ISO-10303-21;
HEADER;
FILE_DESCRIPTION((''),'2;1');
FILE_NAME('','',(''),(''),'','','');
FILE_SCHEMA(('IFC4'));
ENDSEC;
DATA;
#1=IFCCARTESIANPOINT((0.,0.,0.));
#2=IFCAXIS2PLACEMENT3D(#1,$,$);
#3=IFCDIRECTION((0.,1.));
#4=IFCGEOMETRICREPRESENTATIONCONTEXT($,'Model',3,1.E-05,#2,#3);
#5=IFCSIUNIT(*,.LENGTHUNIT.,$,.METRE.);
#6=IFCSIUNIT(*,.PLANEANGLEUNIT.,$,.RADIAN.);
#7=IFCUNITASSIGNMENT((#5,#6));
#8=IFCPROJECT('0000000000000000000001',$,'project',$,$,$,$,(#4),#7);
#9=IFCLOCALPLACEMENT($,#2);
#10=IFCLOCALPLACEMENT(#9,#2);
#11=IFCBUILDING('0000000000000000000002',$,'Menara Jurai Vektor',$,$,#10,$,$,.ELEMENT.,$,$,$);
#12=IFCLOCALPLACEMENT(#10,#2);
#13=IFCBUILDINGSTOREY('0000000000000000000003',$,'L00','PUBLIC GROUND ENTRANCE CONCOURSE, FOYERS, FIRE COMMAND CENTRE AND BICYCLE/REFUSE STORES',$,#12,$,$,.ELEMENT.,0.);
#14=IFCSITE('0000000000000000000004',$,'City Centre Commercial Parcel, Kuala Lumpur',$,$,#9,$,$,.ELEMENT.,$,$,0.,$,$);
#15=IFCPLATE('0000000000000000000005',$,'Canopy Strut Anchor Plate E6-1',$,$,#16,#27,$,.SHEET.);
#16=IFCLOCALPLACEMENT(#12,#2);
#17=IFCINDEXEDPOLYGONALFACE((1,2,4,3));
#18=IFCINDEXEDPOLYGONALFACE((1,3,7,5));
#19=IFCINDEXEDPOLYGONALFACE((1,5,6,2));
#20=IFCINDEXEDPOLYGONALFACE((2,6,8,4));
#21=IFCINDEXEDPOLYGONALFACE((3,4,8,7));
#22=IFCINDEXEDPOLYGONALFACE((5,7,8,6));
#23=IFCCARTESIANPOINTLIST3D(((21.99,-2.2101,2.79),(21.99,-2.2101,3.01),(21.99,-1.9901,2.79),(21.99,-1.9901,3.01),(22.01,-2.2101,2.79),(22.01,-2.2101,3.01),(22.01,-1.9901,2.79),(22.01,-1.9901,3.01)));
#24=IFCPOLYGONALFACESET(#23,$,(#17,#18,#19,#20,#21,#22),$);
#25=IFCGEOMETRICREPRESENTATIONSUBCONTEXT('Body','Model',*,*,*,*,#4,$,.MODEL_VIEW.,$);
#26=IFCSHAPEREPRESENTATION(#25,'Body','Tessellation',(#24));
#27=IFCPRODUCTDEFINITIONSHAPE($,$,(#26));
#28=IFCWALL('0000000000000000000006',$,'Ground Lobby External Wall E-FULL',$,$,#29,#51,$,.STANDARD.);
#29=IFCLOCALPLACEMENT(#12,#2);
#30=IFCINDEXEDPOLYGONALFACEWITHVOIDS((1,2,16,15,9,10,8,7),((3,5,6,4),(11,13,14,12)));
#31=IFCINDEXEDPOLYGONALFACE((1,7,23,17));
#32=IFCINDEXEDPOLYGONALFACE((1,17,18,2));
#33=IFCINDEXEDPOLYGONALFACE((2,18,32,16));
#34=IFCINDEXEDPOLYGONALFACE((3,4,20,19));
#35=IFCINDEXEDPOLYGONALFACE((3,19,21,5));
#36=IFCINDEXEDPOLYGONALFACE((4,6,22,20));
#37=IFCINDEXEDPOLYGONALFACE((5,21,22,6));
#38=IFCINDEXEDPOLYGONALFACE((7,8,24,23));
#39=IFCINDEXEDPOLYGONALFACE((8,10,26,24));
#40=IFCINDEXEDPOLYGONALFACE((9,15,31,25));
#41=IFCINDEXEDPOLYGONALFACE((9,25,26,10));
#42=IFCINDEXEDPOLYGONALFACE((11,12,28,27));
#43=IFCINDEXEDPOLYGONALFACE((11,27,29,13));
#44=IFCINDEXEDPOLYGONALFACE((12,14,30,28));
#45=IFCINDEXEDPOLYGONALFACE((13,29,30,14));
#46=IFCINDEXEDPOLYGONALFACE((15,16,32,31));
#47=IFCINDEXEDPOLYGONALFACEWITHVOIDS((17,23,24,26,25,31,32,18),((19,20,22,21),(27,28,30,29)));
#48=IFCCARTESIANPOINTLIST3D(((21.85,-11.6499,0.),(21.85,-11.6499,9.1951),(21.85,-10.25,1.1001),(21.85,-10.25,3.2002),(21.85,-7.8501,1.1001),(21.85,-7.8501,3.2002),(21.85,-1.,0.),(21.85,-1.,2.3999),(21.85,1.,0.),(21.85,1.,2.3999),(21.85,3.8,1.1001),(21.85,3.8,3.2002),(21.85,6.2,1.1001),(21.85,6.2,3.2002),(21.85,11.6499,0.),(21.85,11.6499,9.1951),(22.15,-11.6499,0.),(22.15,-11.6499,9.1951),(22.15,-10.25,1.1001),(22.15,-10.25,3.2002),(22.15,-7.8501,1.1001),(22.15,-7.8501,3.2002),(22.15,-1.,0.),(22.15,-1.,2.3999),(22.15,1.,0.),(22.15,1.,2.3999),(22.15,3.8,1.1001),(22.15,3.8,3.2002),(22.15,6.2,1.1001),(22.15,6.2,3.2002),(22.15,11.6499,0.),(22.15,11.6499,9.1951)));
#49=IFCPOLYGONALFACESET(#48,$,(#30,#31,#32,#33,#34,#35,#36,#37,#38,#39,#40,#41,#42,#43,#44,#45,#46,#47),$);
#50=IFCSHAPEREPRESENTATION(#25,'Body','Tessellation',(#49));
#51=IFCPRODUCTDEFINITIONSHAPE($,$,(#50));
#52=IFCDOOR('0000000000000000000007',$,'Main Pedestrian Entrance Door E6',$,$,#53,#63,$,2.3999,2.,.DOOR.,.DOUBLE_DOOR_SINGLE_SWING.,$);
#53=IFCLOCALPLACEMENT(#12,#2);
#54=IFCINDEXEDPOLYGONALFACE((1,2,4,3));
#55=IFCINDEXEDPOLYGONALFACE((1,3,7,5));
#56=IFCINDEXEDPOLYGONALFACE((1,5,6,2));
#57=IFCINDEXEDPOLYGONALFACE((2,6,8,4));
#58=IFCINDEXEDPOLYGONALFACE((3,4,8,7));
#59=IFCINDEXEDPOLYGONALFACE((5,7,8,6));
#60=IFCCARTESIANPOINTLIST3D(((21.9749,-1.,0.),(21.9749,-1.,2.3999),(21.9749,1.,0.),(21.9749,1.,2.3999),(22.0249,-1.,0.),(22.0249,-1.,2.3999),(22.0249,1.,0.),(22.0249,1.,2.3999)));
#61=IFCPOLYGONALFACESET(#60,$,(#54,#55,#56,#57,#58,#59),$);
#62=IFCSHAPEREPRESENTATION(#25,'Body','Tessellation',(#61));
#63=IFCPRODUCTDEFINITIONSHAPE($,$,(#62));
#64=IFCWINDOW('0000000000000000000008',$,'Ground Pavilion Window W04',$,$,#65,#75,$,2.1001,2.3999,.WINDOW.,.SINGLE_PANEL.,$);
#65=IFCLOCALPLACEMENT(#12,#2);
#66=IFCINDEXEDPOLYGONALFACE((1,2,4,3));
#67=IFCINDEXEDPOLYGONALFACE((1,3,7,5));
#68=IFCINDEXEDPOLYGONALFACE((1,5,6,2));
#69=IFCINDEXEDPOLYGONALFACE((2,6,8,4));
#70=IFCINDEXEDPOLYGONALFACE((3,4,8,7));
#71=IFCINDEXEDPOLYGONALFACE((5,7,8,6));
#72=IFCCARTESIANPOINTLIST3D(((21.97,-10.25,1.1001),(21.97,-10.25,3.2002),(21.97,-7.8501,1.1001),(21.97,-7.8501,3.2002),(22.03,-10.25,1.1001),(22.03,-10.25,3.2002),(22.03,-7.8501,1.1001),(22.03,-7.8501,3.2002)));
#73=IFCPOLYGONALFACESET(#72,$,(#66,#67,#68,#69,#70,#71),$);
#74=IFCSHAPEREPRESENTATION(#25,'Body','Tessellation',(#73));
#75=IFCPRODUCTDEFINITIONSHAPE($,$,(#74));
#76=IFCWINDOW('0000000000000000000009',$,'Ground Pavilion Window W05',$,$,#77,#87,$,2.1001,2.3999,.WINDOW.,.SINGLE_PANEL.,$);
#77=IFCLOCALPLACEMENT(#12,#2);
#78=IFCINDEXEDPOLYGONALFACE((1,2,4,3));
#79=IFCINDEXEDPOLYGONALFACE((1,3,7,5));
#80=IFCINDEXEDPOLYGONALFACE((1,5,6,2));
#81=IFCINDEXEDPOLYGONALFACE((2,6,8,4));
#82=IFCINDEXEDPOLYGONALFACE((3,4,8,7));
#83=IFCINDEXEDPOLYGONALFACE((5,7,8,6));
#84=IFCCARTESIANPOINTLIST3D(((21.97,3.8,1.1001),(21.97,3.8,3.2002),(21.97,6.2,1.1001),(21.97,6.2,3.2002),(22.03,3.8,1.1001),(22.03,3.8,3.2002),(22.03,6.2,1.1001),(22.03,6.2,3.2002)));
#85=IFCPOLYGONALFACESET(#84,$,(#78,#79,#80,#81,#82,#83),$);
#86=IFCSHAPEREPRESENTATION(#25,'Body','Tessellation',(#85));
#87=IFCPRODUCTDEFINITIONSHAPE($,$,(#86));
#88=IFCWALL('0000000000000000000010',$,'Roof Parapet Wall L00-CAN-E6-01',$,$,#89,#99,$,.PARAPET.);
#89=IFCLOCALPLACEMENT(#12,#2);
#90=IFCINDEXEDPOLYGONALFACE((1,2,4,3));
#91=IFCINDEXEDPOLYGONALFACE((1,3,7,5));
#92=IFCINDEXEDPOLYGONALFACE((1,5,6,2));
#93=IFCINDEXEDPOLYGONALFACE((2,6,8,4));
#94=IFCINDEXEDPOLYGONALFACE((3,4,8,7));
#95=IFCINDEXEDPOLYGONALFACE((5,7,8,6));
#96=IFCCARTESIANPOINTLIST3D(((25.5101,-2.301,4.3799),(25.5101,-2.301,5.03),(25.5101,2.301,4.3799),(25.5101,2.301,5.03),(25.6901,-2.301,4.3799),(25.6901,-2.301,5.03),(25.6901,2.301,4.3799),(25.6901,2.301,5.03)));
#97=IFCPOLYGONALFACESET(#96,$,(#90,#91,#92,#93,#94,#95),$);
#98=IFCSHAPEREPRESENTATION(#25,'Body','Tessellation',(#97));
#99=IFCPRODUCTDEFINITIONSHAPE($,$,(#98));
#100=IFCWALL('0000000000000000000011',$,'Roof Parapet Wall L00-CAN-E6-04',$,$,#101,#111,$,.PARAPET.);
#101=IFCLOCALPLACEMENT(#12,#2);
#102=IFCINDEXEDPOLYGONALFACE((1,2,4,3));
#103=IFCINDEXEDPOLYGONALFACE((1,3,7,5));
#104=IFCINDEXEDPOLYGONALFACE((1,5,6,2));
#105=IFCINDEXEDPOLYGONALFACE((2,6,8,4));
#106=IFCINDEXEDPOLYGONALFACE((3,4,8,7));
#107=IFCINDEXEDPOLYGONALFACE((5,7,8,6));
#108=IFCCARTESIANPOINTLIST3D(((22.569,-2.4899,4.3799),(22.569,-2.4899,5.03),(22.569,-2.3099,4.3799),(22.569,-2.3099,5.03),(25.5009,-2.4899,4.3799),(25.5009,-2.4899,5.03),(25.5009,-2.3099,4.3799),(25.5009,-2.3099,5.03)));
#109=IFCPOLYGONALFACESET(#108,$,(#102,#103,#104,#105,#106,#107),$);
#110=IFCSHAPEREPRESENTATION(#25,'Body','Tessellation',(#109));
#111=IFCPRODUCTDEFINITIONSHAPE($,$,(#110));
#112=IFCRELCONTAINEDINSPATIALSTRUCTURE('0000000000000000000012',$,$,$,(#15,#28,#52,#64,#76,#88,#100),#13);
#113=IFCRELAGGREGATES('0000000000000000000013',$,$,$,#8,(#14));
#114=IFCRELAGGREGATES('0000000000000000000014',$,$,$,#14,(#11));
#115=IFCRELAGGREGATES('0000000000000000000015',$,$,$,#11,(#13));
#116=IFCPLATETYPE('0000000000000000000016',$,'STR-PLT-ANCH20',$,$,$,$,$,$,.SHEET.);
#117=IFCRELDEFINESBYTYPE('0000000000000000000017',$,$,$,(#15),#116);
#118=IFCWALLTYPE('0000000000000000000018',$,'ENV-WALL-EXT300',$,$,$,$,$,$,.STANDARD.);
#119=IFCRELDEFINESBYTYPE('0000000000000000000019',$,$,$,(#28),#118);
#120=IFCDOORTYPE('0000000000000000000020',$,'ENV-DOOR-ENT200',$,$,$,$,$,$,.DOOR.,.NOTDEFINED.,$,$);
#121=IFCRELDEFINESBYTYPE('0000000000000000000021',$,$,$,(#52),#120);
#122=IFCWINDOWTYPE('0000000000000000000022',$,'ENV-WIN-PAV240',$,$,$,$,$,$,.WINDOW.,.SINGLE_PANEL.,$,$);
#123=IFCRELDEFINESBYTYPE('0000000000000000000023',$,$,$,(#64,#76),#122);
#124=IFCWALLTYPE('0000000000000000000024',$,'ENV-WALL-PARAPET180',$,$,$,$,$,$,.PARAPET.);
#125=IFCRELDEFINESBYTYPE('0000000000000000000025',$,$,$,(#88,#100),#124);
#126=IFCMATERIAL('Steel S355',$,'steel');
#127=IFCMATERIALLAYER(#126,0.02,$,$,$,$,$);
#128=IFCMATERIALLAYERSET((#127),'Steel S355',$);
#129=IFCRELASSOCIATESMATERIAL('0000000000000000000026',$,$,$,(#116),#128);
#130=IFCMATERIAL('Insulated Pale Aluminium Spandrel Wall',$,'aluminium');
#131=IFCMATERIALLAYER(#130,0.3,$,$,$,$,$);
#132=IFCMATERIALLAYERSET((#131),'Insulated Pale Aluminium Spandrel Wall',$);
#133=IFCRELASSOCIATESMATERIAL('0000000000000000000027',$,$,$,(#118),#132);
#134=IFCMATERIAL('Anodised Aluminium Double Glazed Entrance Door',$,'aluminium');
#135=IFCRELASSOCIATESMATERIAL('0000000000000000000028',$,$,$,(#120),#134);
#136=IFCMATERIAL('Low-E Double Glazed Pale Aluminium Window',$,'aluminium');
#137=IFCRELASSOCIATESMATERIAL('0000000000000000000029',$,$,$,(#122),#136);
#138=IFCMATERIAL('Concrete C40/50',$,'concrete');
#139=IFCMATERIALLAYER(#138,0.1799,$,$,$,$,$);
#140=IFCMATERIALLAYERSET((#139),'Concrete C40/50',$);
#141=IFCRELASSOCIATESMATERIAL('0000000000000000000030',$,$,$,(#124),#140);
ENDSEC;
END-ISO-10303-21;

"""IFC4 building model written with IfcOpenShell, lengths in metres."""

from ifc_helpers import new_model, si_unit, direction, frame, frame_2d, origin, origin_2d, place, context, subcontext, project, spatial, rectangle, extrude, material, layer, layer_set, type_object, element, fill, save


model = new_model("IFC4")

# Units and contexts
model_context = context("Model", 3, precision=1e-05, world=origin(), true_north=direction((0.0, 1.0)))
body_context = subcontext(model_context, "Body", "Model", "MODEL_VIEW")
ifc_project = project(units=[si_unit("LENGTHUNIT", "METRE"), si_unit("PLANEANGLEUNIT", "RADIAN")], contexts=[model_context])

# Site, building, storey
site_placement = place(None, origin())
site = spatial("IfcSite", under=ifc_project, at=site_placement, Name="City Centre Commercial Parcel, Kuala Lumpur", CompositionType="ELEMENT", RefElevation=0.0)
building_placement = place(site_placement, origin())
building = spatial("IfcBuilding", under=site, at=building_placement, Name="Menara Jurai Vektor", CompositionType="ELEMENT")
storey_placement = place(building_placement, origin())
storey = spatial("IfcBuildingStorey", under=building, at=storey_placement, Name="L00", Description="PUBLIC GROUND ENTRANCE CONCOURSE, FOYERS, FIRE COMMAND CENTRE AND BICYCLE/REFUSE STORES", CompositionType="ELEMENT", Elevation=0.0)

# Shared definitions
ifc_material_1 = material(Name="Concrete C40/50", Category="concrete")

# Shared definitions
ifc_material_2 = material(Name="Steel S355", Category="steel")

# Plate
ifc_layer_1 = layer(ifc_material_2, 0.02)
ifc_layer_set_1 = layer_set([ifc_layer_1], Name="Steel S355")
plate_type = type_object("IfcPlateType", Name="STR-PLT-ANCH20", PredefinedType="SHEET", material=ifc_layer_set_1)
plate_placement = place(storey_placement, frame((22.0, -2.1001, 2.79), z_axis=(0.0, 0.0, 1.0), x_axis=(0.0, 1.0, 0.0)))
element("IfcPlate", 1, at=plate_placement, inside=storey, type_object=plate_type, Name="Canopy Strut Anchor Plate E6-1", PredefinedType="SHEET", context=body_context, shape_type="SweptSolid", body=[
    extrude(rectangle(XDim=0.22, YDim=0.02, at=origin_2d()), origin(), (0.0, 0.0, 1.0), 0.22),
])

# Wall, openings, door, windows
ifc_material_3 = material(Name="Insulated Pale Aluminium Spandrel Wall", Category="aluminium")
ifc_layer_2 = layer(ifc_material_3, 0.3)
ifc_layer_set_2 = layer_set([ifc_layer_2], Name="Insulated Pale Aluminium Spandrel Wall")
wall_type_1 = type_object("IfcWallType", Name="ENV-WALL-EXT300", PredefinedType="STANDARD", material=ifc_layer_set_2)
wall_1_placement = place(storey_placement, frame((22.0, -11.6499, 0.0), z_axis=(0.0, 0.0, 1.0), x_axis=(0.0, 1.0, 0.0)))
wall_1 = element("IfcWall", 2, at=wall_1_placement, inside=storey, type_object=wall_type_1, Name="Ground Lobby External Wall E-FULL", PredefinedType="STANDARD", context=body_context, shape_type="SweptSolid", body=[
    extrude(rectangle(XDim=23.2998, YDim=0.3, at=frame_2d((11.6499, 0.0))), origin(), (0.0, 0.0, 1.0), 9.1951),
])
opening_1_placement = place(wall_1_placement, frame((10.6499, 0.0, 0.0)))
opening_1 = element("IfcOpeningElement", 3, at=opening_1_placement, cuts=wall_1, PredefinedType="OPENING", context=body_context, shape_type="SweptSolid", body=[
    extrude(rectangle(XDim=2.0, YDim=2.3999, at=frame_2d((1.0, 1.2))), frame((0.0, 0.1602, 0.0), z_axis=(0.0, -1.0, 0.0), x_axis=(1.0, 0.0, 0.0)), (0.0, 0.0, 1.0), 0.3201),
])
opening_2_placement = place(wall_1_placement, frame((1.3999, 0.0, 1.1001)))
opening_2 = element("IfcOpeningElement", 4, at=opening_2_placement, cuts=wall_1, PredefinedType="OPENING", context=body_context, shape_type="SweptSolid", body=[
    extrude(rectangle(XDim=2.3999, YDim=2.1001, at=frame_2d((1.2, 1.05))), frame((0.0, 0.1602, 0.0), z_axis=(0.0, -1.0, 0.0), x_axis=(1.0, 0.0, 0.0)), (0.0, 0.0, 1.0), 0.3201),
])
opening_3_placement = place(wall_1_placement, frame((15.45, 0.0, 1.1001)))
opening_3 = element("IfcOpeningElement", 5, at=opening_3_placement, cuts=wall_1, PredefinedType="OPENING", context=body_context, shape_type="SweptSolid", body=[
    extrude(rectangle(XDim=2.3999, YDim=2.1001, at=frame_2d((1.2, 1.05))), frame((0.0, 0.1602, 0.0), z_axis=(0.0, -1.0, 0.0), x_axis=(1.0, 0.0, 0.0)), (0.0, 0.0, 1.0), 0.3201),
])
ifc_material_4 = material(Name="Anodised Aluminium Double Glazed Entrance Door", Category="aluminium")
door_type = type_object("IfcDoorType", Name="ENV-DOOR-ENT200", OperationType="NOTDEFINED", PredefinedType="DOOR", material=ifc_material_4)
door_placement = place(opening_1_placement, frame((2.0, 0.0, 0.0), z_axis=(0.0, 0.0, 1.0), x_axis=(-1.0, 0.0, 0.0)))
door = element("IfcDoor", 6, at=door_placement, inside=storey, type_object=door_type, Name="Main Pedestrian Entrance Door E6", OperationType="DOUBLE_DOOR_SINGLE_SWING", OverallHeight=2.3999, OverallWidth=2.0, PredefinedType="DOOR", context=body_context, shape_type="SweptSolid", body=[
    extrude(rectangle(XDim=2.0, YDim=2.3999, at=frame_2d((1.0, 1.2))), frame((0.0, 0.0249, 0.0), z_axis=(0.0, -1.0, 0.0), x_axis=(1.0, 0.0, 0.0)), (0.0, 0.0, 1.0), 0.05),
])
fill(opening_1, door)
ifc_material_5 = material(Name="Low-E Double Glazed Pale Aluminium Window", Category="aluminium")
window_type = type_object("IfcWindowType", Name="ENV-WIN-PAV240", PartitioningType="SINGLE_PANEL", PredefinedType="WINDOW", material=ifc_material_5)
window_1_placement = place(opening_2_placement, origin())
window_1 = element("IfcWindow", 7, at=window_1_placement, inside=storey, type_object=window_type, Name="Ground Pavilion Window W04", OverallHeight=2.1001, OverallWidth=2.3999, PartitioningType="SINGLE_PANEL", PredefinedType="WINDOW", context=body_context, shape_type="SweptSolid", body=[
    extrude(rectangle(XDim=2.3999, YDim=2.1001, at=frame_2d((1.2, 1.05))), frame((0.0, 0.03, 0.0), z_axis=(0.0, -1.0, 0.0), x_axis=(1.0, 0.0, 0.0)), (0.0, 0.0, 1.0), 0.0601),
])
fill(opening_2, window_1)
window_2_placement = place(opening_3_placement, origin())
window_2 = element("IfcWindow", 8, at=window_2_placement, inside=storey, type_object=window_type, Name="Ground Pavilion Window W05", OverallHeight=2.1001, OverallWidth=2.3999, PartitioningType="SINGLE_PANEL", PredefinedType="WINDOW", context=body_context, shape_type="SweptSolid", body=[
    extrude(rectangle(XDim=2.3999, YDim=2.1001, at=frame_2d((1.2, 1.05))), frame((0.0, 0.03, 0.0), z_axis=(0.0, -1.0, 0.0), x_axis=(1.0, 0.0, 0.0)), (0.0, 0.0, 1.0), 0.0601),
])
fill(opening_3, window_2)

# Walls
ifc_layer_3 = layer(ifc_material_1, 0.1799)
ifc_layer_set_3 = layer_set([ifc_layer_3], Name="Concrete C40/50")
wall_type_2 = type_object("IfcWallType", Name="ENV-WALL-PARAPET180", PredefinedType="PARAPET", material=ifc_layer_set_3)
wall_2_placement = place(storey_placement, frame((25.6001, -2.301, 4.3799), z_axis=(0.0, 0.0, 1.0), x_axis=(0.0, 1.0, 0.0)))
element("IfcWall", 9, at=wall_2_placement, inside=storey, type_object=wall_type_2, Name="Roof Parapet Wall L00-CAN-E6-01", PredefinedType="PARAPET", context=body_context, shape_type="SweptSolid", body=[
    extrude(rectangle(XDim=4.6021, YDim=0.1799, at=frame_2d((2.301, 0.0))), origin(), (0.0, 0.0, 1.0), 0.6501),
])
wall_3_placement = place(storey_placement, frame((22.5691, -2.3999, 4.3799), z_axis=(0.0, 0.0, 1.0), x_axis=(1.0, 0.0, 0.0)))
element("IfcWall", 10, at=wall_3_placement, inside=storey, type_object=wall_type_2, Name="Roof Parapet Wall L00-CAN-E6-04", PredefinedType="PARAPET", context=body_context, shape_type="SweptSolid", body=[
    extrude(rectangle(XDim=2.9319, YDim=0.1799, at=frame_2d((1.4658, 0.0))), origin(), (0.0, 0.0, 1.0), 0.6501),
])

save(model, "model.ifc")
